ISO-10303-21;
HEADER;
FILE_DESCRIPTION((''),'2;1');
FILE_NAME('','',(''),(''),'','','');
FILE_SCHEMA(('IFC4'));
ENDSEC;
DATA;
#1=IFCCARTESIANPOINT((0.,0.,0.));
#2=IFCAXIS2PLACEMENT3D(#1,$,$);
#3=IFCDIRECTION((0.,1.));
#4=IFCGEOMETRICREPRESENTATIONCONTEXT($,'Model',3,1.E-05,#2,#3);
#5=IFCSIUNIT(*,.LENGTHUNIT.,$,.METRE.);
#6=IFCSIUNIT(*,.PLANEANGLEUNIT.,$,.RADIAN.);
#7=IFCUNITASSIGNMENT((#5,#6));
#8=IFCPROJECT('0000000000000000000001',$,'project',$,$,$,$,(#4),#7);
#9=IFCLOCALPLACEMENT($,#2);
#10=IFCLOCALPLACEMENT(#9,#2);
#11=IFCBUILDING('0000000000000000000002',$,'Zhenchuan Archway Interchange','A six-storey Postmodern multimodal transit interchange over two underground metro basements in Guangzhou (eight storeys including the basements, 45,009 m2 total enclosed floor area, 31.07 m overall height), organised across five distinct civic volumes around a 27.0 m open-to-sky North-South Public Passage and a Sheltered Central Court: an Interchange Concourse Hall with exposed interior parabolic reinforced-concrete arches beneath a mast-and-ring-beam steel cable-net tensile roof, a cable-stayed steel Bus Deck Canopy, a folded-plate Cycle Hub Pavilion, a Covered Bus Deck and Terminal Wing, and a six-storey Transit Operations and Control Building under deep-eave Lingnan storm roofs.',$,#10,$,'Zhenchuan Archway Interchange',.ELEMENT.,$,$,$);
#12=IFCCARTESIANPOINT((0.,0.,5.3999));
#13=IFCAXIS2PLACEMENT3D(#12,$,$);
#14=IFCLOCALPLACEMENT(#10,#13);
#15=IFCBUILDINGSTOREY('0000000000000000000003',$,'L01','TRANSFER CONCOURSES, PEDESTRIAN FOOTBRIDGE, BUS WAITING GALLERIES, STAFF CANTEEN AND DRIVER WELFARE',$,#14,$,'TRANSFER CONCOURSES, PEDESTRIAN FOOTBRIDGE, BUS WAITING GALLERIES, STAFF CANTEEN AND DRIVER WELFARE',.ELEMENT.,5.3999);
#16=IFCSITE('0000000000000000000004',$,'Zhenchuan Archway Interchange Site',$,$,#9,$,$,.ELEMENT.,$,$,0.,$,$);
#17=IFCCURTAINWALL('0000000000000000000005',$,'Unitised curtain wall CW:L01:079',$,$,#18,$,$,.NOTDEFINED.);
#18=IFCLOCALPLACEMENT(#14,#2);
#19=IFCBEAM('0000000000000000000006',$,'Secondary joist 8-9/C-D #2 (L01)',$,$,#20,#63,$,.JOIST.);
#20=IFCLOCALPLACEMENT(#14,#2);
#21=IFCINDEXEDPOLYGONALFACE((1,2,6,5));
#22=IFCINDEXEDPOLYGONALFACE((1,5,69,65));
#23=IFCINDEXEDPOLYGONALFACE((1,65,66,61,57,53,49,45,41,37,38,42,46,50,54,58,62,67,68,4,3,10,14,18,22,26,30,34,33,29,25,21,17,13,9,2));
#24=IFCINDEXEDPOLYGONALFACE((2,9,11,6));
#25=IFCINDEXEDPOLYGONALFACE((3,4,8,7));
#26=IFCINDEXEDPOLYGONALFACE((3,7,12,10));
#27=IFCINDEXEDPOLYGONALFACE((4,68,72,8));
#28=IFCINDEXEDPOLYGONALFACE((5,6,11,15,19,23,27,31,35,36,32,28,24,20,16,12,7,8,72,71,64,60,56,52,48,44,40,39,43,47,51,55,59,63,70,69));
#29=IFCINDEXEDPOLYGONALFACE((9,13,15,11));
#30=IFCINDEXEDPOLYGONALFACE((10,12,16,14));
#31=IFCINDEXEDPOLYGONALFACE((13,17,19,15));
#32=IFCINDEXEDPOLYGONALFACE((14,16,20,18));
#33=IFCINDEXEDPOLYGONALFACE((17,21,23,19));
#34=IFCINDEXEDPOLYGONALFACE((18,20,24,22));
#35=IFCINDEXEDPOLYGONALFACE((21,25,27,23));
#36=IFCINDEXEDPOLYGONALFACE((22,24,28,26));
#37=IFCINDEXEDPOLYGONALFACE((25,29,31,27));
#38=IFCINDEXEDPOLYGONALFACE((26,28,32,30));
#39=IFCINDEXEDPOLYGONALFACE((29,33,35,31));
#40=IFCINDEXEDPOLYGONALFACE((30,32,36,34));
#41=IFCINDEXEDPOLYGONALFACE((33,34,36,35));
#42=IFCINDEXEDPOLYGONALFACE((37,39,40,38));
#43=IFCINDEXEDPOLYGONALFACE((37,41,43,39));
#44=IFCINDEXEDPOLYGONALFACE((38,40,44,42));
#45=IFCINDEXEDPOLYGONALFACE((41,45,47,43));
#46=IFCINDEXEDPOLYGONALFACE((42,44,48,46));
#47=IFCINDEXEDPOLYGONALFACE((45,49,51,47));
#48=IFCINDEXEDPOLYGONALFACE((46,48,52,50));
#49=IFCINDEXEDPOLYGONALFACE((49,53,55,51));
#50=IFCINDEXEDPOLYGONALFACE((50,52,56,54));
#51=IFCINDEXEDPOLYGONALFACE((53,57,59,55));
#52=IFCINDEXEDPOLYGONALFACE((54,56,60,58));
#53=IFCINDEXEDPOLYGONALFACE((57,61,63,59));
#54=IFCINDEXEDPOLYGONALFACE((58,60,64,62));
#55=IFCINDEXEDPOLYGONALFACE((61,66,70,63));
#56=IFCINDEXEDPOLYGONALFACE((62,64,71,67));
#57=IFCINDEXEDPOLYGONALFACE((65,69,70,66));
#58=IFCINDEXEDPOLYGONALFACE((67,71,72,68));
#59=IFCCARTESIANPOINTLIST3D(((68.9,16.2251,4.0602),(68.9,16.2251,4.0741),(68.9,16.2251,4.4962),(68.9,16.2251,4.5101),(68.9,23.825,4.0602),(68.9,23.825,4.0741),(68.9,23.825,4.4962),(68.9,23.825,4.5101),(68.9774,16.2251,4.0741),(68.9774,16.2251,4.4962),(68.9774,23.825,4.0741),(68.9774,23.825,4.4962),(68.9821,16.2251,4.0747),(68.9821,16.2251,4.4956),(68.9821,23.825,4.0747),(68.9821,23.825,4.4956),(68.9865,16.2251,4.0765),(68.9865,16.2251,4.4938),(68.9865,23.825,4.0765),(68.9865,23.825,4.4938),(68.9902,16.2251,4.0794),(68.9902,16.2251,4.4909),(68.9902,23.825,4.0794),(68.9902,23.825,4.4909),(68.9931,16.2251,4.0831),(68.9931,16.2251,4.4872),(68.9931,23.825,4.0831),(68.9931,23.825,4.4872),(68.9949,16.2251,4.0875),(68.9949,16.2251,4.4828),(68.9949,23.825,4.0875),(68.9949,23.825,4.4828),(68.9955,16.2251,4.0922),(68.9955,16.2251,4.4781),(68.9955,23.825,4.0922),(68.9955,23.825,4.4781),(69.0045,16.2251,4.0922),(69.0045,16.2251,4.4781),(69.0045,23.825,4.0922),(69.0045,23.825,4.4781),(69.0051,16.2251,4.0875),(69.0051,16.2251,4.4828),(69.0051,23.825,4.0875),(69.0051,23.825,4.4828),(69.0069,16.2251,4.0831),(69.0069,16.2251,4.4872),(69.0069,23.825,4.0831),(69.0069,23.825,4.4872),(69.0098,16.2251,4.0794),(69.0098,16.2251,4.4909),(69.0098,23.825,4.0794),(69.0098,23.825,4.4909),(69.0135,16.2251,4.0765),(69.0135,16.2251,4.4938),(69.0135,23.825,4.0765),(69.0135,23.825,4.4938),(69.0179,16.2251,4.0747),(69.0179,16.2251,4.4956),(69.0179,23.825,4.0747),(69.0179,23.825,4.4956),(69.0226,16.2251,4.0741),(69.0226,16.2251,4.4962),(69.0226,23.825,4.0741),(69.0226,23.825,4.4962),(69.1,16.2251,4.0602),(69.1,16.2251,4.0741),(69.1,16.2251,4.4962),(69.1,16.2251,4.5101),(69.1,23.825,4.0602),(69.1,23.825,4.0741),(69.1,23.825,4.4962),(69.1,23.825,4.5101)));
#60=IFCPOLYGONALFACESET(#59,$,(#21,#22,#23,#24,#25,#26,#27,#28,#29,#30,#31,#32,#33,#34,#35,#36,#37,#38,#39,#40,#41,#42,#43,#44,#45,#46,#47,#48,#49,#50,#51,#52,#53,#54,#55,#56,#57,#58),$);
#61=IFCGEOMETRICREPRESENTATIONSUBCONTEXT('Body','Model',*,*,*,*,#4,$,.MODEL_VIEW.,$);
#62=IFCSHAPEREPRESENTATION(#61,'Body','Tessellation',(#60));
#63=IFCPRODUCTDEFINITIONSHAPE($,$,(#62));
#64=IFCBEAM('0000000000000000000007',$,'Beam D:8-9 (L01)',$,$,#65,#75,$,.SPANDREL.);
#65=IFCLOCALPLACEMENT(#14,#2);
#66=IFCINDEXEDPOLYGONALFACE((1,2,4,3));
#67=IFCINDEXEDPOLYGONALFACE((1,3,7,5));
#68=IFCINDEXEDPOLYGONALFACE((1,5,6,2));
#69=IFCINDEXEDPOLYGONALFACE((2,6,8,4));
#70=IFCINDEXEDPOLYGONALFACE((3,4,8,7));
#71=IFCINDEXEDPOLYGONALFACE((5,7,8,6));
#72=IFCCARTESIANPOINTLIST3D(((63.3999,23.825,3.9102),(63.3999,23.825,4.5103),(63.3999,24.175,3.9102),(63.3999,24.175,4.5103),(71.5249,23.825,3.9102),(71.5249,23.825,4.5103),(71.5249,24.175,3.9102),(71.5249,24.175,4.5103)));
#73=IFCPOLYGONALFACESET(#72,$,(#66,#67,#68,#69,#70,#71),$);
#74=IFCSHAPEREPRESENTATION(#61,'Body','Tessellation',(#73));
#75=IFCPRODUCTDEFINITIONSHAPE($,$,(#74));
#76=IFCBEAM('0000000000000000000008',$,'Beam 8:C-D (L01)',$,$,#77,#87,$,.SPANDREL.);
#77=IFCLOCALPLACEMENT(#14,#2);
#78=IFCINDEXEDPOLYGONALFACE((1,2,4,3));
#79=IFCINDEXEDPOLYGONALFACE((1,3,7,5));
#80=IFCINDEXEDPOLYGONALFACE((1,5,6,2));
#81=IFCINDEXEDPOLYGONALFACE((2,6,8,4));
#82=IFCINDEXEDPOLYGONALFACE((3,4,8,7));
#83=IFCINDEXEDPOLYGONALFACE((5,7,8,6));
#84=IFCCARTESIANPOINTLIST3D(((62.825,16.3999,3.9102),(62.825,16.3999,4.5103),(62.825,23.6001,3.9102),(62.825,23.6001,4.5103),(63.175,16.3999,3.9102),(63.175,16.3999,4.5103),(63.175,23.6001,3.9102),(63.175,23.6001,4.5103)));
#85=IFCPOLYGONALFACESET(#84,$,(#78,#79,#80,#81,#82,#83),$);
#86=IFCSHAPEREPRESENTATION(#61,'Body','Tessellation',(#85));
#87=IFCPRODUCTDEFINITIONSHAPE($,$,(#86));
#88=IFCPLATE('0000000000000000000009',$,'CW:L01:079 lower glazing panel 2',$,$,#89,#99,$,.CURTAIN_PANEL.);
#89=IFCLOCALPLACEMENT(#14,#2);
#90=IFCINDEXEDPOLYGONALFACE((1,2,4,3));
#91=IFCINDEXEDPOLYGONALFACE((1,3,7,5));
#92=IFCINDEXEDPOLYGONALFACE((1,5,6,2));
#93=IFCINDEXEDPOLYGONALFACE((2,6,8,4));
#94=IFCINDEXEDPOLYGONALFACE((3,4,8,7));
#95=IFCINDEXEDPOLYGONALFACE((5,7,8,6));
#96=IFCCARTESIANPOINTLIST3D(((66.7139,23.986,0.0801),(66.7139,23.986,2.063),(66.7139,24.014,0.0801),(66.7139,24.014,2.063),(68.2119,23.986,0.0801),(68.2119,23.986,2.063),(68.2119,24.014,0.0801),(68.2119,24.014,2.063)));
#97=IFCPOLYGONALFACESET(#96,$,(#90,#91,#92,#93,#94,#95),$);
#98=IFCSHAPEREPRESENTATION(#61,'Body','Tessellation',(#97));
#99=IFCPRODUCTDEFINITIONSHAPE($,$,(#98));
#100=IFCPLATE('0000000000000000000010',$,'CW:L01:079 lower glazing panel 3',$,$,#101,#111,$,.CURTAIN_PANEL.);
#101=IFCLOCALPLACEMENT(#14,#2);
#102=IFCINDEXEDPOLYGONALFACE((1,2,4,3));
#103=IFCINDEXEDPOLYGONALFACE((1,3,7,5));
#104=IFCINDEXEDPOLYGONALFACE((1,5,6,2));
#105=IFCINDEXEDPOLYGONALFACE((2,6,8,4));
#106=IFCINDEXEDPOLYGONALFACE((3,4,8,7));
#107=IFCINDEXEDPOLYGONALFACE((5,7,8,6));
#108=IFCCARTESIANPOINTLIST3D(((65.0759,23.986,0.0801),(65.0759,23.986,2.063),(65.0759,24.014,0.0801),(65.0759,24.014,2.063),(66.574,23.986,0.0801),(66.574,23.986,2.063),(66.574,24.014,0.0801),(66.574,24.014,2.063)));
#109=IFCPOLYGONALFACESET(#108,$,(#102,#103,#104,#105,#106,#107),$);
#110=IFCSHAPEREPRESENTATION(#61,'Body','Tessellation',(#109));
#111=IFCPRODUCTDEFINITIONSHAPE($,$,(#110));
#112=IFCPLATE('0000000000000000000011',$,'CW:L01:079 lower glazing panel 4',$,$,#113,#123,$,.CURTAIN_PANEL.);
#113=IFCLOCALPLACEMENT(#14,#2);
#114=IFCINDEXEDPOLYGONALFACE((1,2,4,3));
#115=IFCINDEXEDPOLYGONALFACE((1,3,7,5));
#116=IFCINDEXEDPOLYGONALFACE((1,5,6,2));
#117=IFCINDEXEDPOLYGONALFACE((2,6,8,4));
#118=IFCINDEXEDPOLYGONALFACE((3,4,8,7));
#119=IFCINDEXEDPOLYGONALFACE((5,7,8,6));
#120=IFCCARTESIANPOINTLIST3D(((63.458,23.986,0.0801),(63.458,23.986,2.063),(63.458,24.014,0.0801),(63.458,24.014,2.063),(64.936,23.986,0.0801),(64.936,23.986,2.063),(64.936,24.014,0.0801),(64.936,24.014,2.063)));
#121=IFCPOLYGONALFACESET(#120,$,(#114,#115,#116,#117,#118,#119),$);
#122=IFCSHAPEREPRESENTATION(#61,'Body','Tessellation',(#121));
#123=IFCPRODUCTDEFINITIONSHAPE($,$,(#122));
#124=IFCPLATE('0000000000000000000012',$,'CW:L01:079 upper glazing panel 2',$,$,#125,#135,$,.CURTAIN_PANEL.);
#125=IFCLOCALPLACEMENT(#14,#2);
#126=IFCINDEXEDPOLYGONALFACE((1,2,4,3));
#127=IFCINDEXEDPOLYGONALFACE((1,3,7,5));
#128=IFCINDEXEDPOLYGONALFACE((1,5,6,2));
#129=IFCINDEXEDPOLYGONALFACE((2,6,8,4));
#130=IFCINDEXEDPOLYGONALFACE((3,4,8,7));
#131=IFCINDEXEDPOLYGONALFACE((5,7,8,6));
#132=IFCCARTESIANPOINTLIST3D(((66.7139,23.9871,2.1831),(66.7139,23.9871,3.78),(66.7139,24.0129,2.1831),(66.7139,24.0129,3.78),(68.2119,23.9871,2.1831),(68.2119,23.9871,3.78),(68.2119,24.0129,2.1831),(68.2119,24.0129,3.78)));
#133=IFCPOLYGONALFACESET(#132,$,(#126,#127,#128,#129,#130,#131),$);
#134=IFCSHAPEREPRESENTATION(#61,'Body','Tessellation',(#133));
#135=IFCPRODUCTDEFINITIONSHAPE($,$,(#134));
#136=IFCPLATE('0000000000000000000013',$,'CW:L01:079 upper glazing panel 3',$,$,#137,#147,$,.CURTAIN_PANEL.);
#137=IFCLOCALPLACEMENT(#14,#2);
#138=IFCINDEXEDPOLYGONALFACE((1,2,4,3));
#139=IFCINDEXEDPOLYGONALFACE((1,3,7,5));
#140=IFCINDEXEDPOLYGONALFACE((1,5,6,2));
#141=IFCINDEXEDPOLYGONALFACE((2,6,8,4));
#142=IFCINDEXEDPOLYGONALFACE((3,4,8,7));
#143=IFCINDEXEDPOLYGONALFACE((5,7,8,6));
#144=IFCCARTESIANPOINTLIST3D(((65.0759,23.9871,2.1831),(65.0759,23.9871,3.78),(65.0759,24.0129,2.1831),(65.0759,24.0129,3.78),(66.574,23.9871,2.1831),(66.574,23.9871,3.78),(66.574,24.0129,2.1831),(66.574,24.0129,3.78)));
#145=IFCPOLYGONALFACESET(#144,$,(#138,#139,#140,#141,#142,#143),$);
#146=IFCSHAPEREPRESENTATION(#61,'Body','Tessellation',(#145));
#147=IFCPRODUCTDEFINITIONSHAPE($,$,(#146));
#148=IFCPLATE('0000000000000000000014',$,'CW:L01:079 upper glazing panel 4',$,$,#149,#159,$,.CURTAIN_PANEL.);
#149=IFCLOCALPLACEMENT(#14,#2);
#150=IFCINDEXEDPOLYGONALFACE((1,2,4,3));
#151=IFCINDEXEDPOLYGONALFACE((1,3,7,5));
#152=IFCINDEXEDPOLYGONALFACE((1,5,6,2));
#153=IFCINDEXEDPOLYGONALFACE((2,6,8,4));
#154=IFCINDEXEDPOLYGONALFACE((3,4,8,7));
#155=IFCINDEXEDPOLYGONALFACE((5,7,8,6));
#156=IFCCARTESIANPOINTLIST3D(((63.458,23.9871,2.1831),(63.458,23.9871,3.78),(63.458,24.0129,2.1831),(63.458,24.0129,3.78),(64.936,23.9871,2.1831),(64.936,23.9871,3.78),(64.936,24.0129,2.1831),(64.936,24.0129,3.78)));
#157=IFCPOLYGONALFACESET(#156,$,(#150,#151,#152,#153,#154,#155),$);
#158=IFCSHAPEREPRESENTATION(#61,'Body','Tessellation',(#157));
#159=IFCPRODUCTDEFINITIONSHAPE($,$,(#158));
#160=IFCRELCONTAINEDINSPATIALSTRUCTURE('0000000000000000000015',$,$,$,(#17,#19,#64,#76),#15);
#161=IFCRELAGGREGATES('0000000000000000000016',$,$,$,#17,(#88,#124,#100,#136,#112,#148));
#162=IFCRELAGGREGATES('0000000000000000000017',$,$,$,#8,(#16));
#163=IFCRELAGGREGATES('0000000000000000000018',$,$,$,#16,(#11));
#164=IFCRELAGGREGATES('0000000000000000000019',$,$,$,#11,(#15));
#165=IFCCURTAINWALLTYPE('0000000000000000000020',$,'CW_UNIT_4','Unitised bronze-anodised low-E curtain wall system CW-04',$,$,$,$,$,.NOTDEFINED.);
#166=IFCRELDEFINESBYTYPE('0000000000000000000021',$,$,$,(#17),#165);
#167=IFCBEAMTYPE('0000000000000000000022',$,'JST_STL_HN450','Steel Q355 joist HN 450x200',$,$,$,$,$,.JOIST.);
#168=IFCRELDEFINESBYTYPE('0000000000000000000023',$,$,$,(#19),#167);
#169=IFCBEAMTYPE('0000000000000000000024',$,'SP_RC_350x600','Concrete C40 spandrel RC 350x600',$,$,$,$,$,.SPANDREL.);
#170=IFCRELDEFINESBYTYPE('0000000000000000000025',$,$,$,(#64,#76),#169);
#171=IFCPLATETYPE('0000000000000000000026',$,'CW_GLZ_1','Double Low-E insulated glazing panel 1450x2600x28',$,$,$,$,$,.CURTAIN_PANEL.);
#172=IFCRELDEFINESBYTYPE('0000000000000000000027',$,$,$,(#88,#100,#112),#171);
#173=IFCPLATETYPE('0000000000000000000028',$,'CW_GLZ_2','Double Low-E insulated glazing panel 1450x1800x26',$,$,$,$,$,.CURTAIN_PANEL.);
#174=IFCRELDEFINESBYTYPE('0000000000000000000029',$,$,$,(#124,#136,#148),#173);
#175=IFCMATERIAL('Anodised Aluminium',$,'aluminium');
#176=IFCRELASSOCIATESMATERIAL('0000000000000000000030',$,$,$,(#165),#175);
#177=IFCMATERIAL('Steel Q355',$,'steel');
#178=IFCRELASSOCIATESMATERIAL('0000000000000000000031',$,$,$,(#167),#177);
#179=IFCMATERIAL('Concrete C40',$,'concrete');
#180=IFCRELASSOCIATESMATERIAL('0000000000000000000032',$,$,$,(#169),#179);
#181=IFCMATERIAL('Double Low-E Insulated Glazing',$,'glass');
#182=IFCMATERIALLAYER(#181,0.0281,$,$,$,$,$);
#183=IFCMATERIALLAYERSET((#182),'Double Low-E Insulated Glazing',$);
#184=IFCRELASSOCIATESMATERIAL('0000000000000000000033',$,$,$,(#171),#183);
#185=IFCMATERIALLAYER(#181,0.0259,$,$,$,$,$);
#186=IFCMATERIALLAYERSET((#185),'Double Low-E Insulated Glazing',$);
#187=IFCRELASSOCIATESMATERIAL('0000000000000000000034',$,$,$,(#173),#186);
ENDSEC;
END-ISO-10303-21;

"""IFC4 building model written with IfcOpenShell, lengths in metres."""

from ifc_helpers import new_model, si_unit, direction, frame, origin, origin_2d, place, context, subcontext, project, spatial, rectangle, i_section, extrude, material, layer, layer_set, material_profile, profile_set, type_object, element, aggregate, save


model = new_model("IFC4")

# Units and contexts
model_context = context("Model", 3, precision=1e-05, world=origin(), true_north=direction((0.0, 1.0)))
body_context = subcontext(model_context, "Body", "Model", "MODEL_VIEW")
ifc_project = project(units=[si_unit("LENGTHUNIT", "METRE"), si_unit("PLANEANGLEUNIT", "RADIAN")], contexts=[model_context])

# Site, building, storey
site_placement = place(None, origin())
site = spatial("IfcSite", under=ifc_project, at=site_placement, Name="Zhenchuan Archway Interchange Site", CompositionType="ELEMENT", RefElevation=0.0)
building_placement = place(site_placement, origin())
building = spatial("IfcBuilding", under=site, at=building_placement, Name="Zhenchuan Archway Interchange", Description="A six-storey Postmodern multimodal transit interchange over two underground metro basements in Guangzhou (eight storeys including the basements, 45,009 m2 total enclosed floor area, 31.07 m overall height), organised across five distinct civic volumes around a 27.0 m open-to-sky North-South Public Passage and a Sheltered Central Court: an Interchange Concourse Hall with exposed interior parabolic reinforced-concrete arches beneath a mast-and-ring-beam steel cable-net tensile roof, a cable-stayed steel Bus Deck Canopy, a folded-plate Cycle Hub Pavilion, a Covered Bus Deck and Terminal Wing, and a six-storey Transit Operations and Control Building under deep-eave Lingnan storm roofs.", LongName="Zhenchuan Archway Interchange", CompositionType="ELEMENT")
storey_placement = place(building_placement, frame((0.0, 0.0, 5.3999)))
storey = spatial("IfcBuildingStorey", under=building, at=storey_placement, Name="L01", Description="TRANSFER CONCOURSES, PEDESTRIAN FOOTBRIDGE, BUS WAITING GALLERIES, STAFF CANTEEN AND DRIVER WELFARE", LongName="TRANSFER CONCOURSES, PEDESTRIAN FOOTBRIDGE, BUS WAITING GALLERIES, STAFF CANTEEN AND DRIVER WELFARE", CompositionType="ELEMENT", Elevation=5.3999)

# Shared definitions
ifc_material_1 = material(Name="Concrete C40", Category="concrete")

# Curtain wall
ifc_material_2 = material(Name="Anodised Aluminium", Category="aluminium")
curtain_wall_type = type_object("IfcCurtainWallType", Name="CW_UNIT_4", Description="Unitised bronze-anodised low-E curtain wall system CW-04", PredefinedType="NOTDEFINED", material=ifc_material_2)
curtain_wall_placement = place(storey_placement, origin())
curtain_wall = element("IfcCurtainWall", 1, at=curtain_wall_placement, inside=storey, type_object=curtain_wall_type, Name="Unitised curtain wall CW:L01:079", PredefinedType="NOTDEFINED")

# Beams
ifc_material_3 = material(Name="Steel Q355", Category="steel")
ifc_material_profile_1 = material_profile(ifc_material_3, i_section(OverallWidth=0.2, OverallDepth=0.45, WebThickness=0.009, FlangeThickness=0.0139, FilletRadius=0.0181, at=origin_2d()), Name="HN 450x200")
ifc_profile_set_1 = profile_set([ifc_material_profile_1], Name="Steel Q355")
beam_type_1 = type_object("IfcBeamType", Name="JST_STL_HN450", Description="Steel Q355 joist HN 450x200", PredefinedType="JOIST", material=ifc_profile_set_1)
for number, where, z_axis, x_axis, name in (
    (2, (69.0, 16.2251, 4.2852), (0.0, 1.0, 0.0), (-1.0, 0.0, 0.0), "Secondary joist 8-9/C-D #2 (L01)"),
):
    element("IfcBeam", number, at=place(storey_placement, frame(where, z_axis=z_axis, x_axis=x_axis)), inside=storey, type_object=beam_type_1, Name=name, PredefinedType="JOIST", context=body_context, shape_type="SweptSolid", body=[
        extrude(i_section(OverallWidth=0.2, OverallDepth=0.45, WebThickness=0.009, FlangeThickness=0.0139, FilletRadius=0.0181, at=origin_2d()), origin(), (0.0, 0.0, 1.0), 7.5999),
    ])
ifc_material_profile_2 = material_profile(ifc_material_1, rectangle(XDim=0.3501, YDim=0.6001, at=origin_2d()), Name="RC 350x600")
ifc_profile_set_2 = profile_set([ifc_material_profile_2], Name="Concrete C40")
beam_type_2 = type_object("IfcBeamType", Name="SP_RC_350x600", Description="Concrete C40 spandrel RC 350x600", PredefinedType="SPANDREL", material=ifc_profile_set_2)
beam_1_placement = place(storey_placement, frame((63.3999, 24.0, 4.2102), z_axis=(1.0, 0.0, 0.0), x_axis=(0.0, 1.0, 0.0)))
element("IfcBeam", 3, at=beam_1_placement, inside=storey, type_object=beam_type_2, Name="Beam D:8-9 (L01)", PredefinedType="SPANDREL", context=body_context, shape_type="SweptSolid", body=[
    extrude(rectangle(XDim=0.3501, YDim=0.6001, at=origin_2d()), origin(), (0.0, 0.0, 1.0), 8.125),
])
beam_2_placement = place(storey_placement, frame((63.0, 16.3999, 4.2102), z_axis=(0.0, 1.0, 0.0), x_axis=(-1.0, 0.0, 0.0)))
element("IfcBeam", 4, at=beam_2_placement, inside=storey, type_object=beam_type_2, Name="Beam 8:C-D (L01)", PredefinedType="SPANDREL", context=body_context, shape_type="SweptSolid", body=[
    extrude(rectangle(XDim=0.3501, YDim=0.6001, at=origin_2d()), origin(), (0.0, 0.0, 1.0), 7.2002),
])

# Plates
ifc_material_4 = material(Name="Double Low-E Insulated Glazing", Category="glass")
ifc_layer_1 = layer(ifc_material_4, 0.0281)
ifc_layer_set_1 = layer_set([ifc_layer_1], Name="Double Low-E Insulated Glazing")
plate_type_1 = type_object("IfcPlateType", Name="CW_GLZ_1", Description="Double Low-E insulated glazing panel 1450x2600x28", PredefinedType="CURTAIN_PANEL", material=ifc_layer_set_1)
plate_1_placement = place(storey_placement, frame((67.4629, 24.0, 0.0801), z_axis=(0.0, 0.0, 1.0), x_axis=(-1.0, 0.0, 0.0)))
plate_1 = element("IfcPlate", 5, at=plate_1_placement, type_object=plate_type_1, Name="CW:L01:079 lower glazing panel 2", PredefinedType="CURTAIN_PANEL", context=body_context, shape_type="SweptSolid", body=[
    extrude(rectangle(XDim=1.498, YDim=0.0281, at=origin_2d()), origin(), (0.0, 0.0, 1.0), 1.9829),
])
plate_2_placement = place(storey_placement, frame((65.825, 24.0, 0.0801), z_axis=(0.0, 0.0, 1.0), x_axis=(-1.0, 0.0, 0.0)))
plate_2 = element("IfcPlate", 6, at=plate_2_placement, type_object=plate_type_1, Name="CW:L01:079 lower glazing panel 3", PredefinedType="CURTAIN_PANEL", context=body_context, shape_type="SweptSolid", body=[
    extrude(rectangle(XDim=1.498, YDim=0.0281, at=origin_2d()), origin(), (0.0, 0.0, 1.0), 1.9829),
])
plate_3_placement = place(storey_placement, frame((64.197, 24.0, 0.0801), z_axis=(0.0, 0.0, 1.0), x_axis=(-1.0, 0.0, 0.0)))
plate_3 = element("IfcPlate", 7, at=plate_3_placement, type_object=plate_type_1, Name="CW:L01:079 lower glazing panel 4", PredefinedType="CURTAIN_PANEL", context=body_context, shape_type="SweptSolid", body=[
    extrude(rectangle(XDim=1.478, YDim=0.0281, at=origin_2d()), origin(), (0.0, 0.0, 1.0), 1.9829),
])
ifc_layer_2 = layer(ifc_material_4, 0.0259)
ifc_layer_set_2 = layer_set([ifc_layer_2], Name="Double Low-E Insulated Glazing")
plate_type_2 = type_object("IfcPlateType", Name="CW_GLZ_2", Description="Double Low-E insulated glazing panel 1450x1800x26", PredefinedType="CURTAIN_PANEL", material=ifc_layer_set_2)
plate_4_placement = place(storey_placement, frame((67.4629, 24.0, 2.1831), z_axis=(0.0, 0.0, 1.0), x_axis=(-1.0, 0.0, 0.0)))
plate_4 = element("IfcPlate", 8, at=plate_4_placement, type_object=plate_type_2, Name="CW:L01:079 upper glazing panel 2", PredefinedType="CURTAIN_PANEL", context=body_context, shape_type="SweptSolid", body=[
    extrude(rectangle(XDim=1.498, YDim=0.0259, at=origin_2d()), origin(), (0.0, 0.0, 1.0), 1.5969),
])
plate_5_placement = place(storey_placement, frame((65.825, 24.0, 2.1831), z_axis=(0.0, 0.0, 1.0), x_axis=(-1.0, 0.0, 0.0)))
plate_5 = element("IfcPlate", 9, at=plate_5_placement, type_object=plate_type_2, Name="CW:L01:079 upper glazing panel 3", PredefinedType="CURTAIN_PANEL", context=body_context, shape_type="SweptSolid", body=[
    extrude(rectangle(XDim=1.498, YDim=0.0259, at=origin_2d()), origin(), (0.0, 0.0, 1.0), 1.5969),
])
plate_6_placement = place(storey_placement, frame((64.197, 24.0, 2.1831), z_axis=(0.0, 0.0, 1.0), x_axis=(-1.0, 0.0, 0.0)))
plate_6 = element("IfcPlate", 10, at=plate_6_placement, type_object=plate_type_2, Name="CW:L01:079 upper glazing panel 4", PredefinedType="CURTAIN_PANEL", context=body_context, shape_type="SweptSolid", body=[
    extrude(rectangle(XDim=1.478, YDim=0.0259, at=origin_2d()), origin(), (0.0, 0.0, 1.0), 1.5969),
])
aggregate(curtain_wall, [plate_1, plate_4, plate_2, plate_5, plate_3, plate_6])

save(model, "model.ifc")
